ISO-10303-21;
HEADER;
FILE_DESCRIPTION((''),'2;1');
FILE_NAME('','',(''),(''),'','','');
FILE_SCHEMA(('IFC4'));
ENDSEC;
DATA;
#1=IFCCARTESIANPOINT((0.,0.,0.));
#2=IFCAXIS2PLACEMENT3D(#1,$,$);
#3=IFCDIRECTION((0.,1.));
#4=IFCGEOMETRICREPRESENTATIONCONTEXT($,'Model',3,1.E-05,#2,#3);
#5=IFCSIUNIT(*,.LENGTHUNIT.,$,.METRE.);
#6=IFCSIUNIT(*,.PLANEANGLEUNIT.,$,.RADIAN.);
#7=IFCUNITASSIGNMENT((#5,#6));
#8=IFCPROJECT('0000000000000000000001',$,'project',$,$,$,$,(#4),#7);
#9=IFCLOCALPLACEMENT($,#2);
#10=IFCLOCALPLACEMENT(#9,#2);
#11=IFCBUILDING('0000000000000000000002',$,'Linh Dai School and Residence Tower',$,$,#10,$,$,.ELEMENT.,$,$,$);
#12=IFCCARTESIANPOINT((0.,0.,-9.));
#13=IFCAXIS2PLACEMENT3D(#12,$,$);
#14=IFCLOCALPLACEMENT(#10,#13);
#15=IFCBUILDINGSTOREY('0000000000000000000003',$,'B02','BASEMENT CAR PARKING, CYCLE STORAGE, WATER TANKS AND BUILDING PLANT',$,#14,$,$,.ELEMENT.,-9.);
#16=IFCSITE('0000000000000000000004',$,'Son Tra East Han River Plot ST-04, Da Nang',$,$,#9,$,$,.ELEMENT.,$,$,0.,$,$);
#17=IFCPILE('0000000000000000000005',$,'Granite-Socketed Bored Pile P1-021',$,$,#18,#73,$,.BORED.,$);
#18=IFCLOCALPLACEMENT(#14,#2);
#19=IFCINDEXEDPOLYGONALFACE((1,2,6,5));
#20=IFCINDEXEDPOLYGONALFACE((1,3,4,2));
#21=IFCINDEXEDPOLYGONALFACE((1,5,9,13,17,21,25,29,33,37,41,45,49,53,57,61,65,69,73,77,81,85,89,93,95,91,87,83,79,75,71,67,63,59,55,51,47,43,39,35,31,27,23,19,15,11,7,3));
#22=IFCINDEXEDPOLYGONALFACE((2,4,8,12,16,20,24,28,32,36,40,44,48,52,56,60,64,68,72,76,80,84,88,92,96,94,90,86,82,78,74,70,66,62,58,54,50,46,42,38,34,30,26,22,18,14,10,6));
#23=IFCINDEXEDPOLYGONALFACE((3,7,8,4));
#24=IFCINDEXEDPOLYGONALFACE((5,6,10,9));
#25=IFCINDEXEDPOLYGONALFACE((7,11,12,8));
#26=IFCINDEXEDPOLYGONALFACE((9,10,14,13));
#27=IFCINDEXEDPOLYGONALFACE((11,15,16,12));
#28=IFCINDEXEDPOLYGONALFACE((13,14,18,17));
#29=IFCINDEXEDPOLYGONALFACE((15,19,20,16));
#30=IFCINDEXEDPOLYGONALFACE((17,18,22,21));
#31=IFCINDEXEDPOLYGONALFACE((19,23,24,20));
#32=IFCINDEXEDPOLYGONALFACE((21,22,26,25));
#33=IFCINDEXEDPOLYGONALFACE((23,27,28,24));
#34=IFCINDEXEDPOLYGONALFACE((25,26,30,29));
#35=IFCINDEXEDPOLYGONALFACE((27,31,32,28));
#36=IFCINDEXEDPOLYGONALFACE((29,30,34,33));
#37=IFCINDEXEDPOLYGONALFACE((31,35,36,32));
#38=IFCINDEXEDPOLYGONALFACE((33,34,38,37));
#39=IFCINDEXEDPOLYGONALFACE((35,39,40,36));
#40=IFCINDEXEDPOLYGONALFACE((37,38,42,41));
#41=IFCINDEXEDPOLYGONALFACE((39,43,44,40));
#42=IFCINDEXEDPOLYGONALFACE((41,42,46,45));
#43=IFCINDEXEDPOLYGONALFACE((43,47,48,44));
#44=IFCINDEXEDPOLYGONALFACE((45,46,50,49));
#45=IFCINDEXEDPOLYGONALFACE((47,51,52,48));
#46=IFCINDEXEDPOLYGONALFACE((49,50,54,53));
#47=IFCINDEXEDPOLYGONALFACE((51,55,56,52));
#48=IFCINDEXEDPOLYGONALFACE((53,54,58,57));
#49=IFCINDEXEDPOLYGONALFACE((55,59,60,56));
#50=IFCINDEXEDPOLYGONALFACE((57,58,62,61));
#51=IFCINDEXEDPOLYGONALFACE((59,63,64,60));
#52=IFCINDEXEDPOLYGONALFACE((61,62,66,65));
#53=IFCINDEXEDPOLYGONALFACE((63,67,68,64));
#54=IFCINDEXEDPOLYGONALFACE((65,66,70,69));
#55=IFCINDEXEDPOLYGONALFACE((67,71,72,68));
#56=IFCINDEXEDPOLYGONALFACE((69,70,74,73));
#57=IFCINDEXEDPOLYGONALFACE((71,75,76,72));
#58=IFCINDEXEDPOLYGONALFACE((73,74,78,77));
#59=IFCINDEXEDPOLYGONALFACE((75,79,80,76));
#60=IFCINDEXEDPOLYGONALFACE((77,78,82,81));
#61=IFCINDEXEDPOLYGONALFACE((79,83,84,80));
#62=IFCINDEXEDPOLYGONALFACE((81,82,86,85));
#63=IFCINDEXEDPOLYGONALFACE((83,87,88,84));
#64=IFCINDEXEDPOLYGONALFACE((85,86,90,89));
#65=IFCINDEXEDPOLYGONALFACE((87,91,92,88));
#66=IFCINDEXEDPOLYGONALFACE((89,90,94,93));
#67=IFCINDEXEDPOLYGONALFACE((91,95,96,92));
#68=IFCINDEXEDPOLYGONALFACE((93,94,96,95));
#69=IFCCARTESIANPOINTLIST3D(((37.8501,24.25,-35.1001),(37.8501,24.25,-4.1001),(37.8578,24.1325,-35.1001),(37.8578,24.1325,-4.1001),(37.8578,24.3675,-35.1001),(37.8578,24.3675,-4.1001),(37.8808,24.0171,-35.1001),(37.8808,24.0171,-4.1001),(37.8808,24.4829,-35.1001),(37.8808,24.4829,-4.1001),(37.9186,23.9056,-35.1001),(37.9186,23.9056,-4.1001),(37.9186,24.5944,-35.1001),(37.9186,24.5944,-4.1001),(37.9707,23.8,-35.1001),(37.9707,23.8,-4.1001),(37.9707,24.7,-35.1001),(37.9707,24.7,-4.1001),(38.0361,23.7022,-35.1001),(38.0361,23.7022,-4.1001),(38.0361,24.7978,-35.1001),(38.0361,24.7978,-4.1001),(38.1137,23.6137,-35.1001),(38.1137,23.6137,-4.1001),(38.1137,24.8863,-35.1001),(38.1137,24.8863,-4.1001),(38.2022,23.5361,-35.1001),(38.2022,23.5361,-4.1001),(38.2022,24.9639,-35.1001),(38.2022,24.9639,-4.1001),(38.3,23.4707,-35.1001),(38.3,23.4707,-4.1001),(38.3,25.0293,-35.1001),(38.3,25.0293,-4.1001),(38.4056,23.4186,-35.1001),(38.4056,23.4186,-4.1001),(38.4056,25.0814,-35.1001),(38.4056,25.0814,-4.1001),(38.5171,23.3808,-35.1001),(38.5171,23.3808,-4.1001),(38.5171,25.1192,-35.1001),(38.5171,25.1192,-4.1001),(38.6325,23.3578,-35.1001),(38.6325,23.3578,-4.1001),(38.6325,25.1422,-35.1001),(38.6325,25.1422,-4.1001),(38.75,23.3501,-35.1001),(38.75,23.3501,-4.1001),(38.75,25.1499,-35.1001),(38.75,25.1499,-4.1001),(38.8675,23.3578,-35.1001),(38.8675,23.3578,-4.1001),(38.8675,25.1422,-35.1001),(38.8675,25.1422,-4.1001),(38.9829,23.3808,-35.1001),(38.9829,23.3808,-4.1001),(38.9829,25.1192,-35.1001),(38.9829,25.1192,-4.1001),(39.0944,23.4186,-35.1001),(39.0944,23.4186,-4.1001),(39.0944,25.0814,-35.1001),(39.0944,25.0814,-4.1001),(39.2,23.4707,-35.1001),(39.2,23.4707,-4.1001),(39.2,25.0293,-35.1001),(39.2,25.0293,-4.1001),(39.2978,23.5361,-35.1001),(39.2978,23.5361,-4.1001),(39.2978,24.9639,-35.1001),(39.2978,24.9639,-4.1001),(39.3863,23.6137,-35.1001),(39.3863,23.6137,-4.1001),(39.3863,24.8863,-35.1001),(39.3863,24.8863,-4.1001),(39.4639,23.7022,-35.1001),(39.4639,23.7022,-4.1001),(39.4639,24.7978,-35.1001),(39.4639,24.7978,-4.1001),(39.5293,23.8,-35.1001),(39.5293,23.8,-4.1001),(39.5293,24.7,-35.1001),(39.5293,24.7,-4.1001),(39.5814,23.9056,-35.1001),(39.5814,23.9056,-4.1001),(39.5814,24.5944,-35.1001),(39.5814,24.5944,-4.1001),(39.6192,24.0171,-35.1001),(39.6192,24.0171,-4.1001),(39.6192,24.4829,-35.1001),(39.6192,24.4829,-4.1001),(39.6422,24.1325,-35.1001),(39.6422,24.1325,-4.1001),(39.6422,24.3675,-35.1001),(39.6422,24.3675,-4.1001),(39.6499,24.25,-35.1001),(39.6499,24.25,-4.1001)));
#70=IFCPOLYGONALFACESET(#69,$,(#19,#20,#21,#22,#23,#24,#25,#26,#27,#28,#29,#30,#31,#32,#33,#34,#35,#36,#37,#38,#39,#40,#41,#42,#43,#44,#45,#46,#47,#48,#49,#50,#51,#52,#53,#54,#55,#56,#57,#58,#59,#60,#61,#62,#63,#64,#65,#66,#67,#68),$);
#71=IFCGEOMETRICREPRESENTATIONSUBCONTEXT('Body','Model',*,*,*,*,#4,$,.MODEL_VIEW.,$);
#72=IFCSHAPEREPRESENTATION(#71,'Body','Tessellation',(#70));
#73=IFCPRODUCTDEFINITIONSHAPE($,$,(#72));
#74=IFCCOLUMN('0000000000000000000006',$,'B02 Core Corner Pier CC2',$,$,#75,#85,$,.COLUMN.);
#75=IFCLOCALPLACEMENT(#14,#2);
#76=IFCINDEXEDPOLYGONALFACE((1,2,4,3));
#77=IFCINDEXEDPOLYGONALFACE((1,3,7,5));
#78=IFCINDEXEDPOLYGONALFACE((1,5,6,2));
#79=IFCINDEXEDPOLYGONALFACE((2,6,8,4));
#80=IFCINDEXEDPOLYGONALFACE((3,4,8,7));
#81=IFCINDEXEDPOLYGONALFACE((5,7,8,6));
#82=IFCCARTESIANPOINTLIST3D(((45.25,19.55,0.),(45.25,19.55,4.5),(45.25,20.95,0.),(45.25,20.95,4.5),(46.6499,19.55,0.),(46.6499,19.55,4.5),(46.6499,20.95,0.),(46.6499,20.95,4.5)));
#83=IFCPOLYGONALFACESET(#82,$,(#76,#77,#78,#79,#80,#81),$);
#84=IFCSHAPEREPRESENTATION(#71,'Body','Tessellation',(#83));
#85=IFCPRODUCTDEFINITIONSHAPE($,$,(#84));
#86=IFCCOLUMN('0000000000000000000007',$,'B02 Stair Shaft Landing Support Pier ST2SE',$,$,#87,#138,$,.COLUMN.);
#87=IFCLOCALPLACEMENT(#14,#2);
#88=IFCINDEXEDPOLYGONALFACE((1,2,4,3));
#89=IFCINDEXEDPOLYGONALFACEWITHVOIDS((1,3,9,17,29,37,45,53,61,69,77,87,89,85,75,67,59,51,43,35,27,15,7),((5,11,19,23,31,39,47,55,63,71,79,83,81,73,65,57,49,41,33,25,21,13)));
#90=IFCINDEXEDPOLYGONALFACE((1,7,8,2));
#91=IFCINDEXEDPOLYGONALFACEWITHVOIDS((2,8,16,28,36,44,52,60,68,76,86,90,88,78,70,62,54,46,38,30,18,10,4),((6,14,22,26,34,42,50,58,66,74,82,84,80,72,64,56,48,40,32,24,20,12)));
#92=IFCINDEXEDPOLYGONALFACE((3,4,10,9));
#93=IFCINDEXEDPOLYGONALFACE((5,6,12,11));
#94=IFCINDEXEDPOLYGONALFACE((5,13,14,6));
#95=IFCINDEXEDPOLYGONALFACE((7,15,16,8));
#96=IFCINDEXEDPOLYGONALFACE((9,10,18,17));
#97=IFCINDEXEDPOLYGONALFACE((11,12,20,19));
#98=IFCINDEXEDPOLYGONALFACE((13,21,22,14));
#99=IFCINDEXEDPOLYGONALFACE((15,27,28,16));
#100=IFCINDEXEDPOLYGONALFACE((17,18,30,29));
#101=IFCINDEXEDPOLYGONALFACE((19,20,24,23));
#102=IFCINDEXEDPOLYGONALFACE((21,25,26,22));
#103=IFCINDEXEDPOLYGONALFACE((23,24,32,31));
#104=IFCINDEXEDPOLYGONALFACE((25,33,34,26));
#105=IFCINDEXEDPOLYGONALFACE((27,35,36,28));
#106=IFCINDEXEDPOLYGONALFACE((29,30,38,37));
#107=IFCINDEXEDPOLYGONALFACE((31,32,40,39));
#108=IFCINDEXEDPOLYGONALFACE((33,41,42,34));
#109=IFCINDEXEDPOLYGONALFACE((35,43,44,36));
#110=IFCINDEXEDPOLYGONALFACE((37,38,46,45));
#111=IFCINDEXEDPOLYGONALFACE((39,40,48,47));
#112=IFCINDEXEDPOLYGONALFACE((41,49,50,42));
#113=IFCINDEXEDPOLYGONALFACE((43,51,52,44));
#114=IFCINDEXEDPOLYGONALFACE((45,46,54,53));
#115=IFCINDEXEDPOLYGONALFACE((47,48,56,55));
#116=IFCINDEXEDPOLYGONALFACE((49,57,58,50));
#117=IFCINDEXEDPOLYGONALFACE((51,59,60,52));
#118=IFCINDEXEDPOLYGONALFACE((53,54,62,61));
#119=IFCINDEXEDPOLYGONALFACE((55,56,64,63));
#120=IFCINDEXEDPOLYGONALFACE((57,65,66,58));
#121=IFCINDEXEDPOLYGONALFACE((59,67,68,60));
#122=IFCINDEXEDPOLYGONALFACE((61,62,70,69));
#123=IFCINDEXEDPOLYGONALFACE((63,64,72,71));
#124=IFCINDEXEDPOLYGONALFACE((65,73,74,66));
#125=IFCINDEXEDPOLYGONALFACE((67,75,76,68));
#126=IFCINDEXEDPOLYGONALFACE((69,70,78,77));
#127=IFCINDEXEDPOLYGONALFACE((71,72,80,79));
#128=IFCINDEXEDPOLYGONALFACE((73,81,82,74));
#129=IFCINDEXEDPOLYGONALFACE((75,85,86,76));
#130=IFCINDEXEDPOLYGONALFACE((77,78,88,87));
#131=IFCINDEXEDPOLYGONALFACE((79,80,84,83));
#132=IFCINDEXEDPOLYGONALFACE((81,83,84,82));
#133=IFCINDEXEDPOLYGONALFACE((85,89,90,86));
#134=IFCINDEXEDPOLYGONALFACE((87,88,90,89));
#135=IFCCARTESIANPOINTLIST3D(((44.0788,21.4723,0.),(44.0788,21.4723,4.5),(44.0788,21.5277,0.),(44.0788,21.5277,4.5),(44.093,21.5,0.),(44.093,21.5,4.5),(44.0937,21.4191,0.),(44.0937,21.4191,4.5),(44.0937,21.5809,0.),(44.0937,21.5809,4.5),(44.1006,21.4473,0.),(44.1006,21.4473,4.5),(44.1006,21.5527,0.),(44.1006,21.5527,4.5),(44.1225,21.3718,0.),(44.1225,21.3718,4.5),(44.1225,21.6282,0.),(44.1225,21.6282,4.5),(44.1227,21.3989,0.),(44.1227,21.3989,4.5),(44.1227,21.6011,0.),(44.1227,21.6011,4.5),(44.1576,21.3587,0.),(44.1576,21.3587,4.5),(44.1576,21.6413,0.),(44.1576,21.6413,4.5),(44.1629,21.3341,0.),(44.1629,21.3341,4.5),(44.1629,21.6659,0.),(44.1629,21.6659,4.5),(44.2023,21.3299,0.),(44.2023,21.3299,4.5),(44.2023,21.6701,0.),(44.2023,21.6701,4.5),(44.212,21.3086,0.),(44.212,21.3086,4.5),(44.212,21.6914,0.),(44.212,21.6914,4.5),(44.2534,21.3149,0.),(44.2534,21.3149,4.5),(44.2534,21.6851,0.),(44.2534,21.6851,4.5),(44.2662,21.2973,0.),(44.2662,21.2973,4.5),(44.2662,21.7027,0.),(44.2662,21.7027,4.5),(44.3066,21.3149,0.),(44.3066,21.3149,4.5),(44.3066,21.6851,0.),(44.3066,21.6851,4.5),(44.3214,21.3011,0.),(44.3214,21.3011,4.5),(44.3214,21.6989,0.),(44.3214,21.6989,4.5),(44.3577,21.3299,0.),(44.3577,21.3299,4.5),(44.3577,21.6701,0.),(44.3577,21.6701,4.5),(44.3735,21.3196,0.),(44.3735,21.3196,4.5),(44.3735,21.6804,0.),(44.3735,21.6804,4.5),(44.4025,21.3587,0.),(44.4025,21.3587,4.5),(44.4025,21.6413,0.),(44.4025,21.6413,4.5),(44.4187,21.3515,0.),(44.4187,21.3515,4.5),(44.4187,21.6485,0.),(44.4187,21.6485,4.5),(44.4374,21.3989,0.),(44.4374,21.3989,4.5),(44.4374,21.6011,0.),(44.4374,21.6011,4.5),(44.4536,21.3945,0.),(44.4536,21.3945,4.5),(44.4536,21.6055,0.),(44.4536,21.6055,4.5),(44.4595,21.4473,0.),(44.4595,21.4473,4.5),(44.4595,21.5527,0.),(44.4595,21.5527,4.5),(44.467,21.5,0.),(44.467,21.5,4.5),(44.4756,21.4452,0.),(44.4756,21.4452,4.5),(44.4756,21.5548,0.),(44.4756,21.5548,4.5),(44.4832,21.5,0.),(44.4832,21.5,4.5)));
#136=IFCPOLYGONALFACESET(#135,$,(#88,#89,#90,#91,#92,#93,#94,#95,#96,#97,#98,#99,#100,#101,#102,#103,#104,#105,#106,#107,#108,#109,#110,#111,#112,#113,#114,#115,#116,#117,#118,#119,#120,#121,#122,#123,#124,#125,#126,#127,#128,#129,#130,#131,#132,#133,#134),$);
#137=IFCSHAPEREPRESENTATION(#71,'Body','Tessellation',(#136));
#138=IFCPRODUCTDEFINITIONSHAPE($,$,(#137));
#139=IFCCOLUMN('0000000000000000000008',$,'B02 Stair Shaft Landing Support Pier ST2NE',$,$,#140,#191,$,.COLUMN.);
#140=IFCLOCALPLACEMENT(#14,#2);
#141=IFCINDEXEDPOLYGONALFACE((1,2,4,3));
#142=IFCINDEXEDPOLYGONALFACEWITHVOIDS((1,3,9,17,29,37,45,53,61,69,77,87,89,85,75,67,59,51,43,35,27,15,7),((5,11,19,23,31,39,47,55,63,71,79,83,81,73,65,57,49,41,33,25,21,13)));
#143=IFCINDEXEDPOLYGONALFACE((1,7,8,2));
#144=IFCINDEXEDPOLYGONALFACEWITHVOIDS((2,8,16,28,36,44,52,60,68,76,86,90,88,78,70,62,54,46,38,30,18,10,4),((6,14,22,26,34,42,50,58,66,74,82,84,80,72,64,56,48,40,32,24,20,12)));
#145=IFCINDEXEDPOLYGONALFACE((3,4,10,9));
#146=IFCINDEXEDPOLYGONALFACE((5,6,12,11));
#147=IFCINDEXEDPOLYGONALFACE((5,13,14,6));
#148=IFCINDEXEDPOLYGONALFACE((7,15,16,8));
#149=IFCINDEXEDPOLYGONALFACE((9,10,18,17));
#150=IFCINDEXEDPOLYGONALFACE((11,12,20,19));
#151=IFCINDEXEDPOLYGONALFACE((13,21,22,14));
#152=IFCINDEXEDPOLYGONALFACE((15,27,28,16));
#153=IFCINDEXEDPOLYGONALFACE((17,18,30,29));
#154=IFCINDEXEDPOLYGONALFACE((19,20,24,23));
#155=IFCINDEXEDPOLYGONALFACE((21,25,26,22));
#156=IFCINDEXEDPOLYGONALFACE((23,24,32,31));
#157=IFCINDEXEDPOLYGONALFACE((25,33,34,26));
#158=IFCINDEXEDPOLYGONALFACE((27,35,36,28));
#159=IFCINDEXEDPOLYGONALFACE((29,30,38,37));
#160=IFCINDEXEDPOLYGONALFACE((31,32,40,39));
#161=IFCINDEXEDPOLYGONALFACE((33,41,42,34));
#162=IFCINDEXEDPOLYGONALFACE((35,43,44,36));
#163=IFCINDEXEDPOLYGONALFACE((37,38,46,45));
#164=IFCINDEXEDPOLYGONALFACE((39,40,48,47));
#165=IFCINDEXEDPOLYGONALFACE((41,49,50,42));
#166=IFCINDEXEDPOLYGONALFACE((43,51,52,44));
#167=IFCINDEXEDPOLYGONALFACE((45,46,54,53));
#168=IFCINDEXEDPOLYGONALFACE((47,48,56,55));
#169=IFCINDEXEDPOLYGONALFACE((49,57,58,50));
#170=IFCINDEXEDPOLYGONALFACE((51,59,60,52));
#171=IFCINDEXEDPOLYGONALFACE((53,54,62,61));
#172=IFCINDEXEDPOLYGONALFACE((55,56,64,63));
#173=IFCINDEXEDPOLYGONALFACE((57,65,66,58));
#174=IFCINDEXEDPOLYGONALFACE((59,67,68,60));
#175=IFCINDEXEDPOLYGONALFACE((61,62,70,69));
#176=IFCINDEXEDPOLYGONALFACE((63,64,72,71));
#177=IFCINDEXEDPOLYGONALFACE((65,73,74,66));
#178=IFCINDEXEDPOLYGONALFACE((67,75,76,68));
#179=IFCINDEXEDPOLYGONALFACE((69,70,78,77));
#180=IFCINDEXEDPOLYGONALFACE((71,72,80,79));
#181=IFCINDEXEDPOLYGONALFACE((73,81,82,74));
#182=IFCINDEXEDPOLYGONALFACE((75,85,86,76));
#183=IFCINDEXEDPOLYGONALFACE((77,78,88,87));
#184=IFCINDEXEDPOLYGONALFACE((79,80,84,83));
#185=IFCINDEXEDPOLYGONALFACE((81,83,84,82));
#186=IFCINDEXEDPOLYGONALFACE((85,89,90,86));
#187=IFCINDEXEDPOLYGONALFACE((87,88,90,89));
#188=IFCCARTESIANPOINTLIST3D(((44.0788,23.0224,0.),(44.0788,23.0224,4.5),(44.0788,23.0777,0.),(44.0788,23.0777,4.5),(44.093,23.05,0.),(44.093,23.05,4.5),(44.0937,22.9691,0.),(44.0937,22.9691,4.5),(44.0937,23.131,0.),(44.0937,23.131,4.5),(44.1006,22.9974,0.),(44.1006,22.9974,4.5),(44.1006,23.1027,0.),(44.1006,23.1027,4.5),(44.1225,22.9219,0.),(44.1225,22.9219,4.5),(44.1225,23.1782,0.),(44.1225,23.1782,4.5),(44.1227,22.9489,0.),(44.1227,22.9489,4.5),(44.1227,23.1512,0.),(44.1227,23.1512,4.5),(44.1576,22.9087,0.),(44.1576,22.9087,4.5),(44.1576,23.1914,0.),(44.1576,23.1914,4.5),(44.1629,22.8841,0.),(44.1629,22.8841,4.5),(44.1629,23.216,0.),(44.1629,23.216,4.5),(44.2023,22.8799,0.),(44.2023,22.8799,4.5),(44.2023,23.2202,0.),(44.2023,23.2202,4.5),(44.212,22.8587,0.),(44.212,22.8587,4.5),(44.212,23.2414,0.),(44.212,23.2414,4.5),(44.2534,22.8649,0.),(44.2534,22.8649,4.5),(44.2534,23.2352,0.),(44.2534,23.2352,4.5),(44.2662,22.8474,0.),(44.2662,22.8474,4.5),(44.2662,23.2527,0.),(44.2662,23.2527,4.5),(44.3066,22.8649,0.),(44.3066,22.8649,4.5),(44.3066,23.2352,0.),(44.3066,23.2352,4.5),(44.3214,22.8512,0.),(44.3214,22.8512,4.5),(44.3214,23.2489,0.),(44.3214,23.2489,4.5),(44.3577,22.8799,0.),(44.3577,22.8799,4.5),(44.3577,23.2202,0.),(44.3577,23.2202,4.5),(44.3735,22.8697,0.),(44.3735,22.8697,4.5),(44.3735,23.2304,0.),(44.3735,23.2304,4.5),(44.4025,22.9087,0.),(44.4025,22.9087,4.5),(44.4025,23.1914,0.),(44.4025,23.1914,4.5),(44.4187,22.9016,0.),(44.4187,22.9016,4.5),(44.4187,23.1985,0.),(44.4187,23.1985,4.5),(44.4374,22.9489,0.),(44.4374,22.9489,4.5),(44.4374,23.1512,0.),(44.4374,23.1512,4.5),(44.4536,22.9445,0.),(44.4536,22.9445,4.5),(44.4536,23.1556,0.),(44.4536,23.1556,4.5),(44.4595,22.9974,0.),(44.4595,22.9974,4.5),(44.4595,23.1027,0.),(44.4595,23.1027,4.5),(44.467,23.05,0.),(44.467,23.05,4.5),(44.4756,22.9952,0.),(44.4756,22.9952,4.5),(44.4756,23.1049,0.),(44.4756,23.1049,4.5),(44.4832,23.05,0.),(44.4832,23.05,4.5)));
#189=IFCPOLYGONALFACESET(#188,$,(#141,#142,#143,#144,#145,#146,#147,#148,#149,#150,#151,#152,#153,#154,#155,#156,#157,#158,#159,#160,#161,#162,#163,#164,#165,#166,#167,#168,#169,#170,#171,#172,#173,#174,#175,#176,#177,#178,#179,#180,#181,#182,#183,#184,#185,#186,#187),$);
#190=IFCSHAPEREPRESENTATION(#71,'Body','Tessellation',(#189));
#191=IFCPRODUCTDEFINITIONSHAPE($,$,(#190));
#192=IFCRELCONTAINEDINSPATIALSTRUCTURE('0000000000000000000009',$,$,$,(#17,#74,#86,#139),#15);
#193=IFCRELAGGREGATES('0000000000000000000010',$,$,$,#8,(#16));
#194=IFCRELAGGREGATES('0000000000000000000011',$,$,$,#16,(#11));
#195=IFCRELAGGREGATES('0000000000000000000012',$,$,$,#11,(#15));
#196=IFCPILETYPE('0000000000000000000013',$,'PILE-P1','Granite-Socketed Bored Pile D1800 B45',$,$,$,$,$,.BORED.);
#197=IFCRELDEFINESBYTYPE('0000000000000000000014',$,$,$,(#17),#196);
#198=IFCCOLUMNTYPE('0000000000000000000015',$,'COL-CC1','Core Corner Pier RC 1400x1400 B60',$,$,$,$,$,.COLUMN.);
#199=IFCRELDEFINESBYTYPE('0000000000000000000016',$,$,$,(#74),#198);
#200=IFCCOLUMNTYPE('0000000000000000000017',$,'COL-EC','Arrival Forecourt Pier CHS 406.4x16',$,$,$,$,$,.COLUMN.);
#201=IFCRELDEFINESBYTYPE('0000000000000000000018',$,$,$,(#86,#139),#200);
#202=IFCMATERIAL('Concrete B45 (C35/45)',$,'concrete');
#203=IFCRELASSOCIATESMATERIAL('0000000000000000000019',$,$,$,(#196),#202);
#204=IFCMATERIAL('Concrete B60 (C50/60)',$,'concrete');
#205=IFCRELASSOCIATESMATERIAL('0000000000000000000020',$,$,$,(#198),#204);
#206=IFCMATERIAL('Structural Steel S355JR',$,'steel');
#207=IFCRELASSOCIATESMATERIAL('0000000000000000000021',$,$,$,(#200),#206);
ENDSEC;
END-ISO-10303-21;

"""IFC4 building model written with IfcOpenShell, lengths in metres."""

from ifc_helpers import new_model, si_unit, direction, frame, origin, origin_2d, place, context, subcontext, project, spatial, rectangle, circle, hollow_circle, extrude, material, material_profile, profile_set, type_object, element, save


model = new_model("IFC4")

# Units and contexts
model_context = context("Model", 3, precision=1e-05, world=origin(), true_north=direction((0.0, 1.0)))
body_context = subcontext(model_context, "Body", "Model", "MODEL_VIEW")
ifc_project = project(units=[si_unit("LENGTHUNIT", "METRE"), si_unit("PLANEANGLEUNIT", "RADIAN")], contexts=[model_context])

# Site, building, storey
site_placement = place(None, origin())
site = spatial("IfcSite", under=ifc_project, at=site_placement, Name="Son Tra East Han River Plot ST-04, Da Nang", CompositionType="ELEMENT", RefElevation=0.0)
building_placement = place(site_placement, origin())
building = spatial("IfcBuilding", under=site, at=building_placement, Name="Linh Dai School and Residence Tower", CompositionType="ELEMENT")
storey_placement = place(building_placement, frame((0.0, 0.0, -9.0)))
storey = spatial("IfcBuildingStorey", under=building, at=storey_placement, Name="B02", Description="BASEMENT CAR PARKING, CYCLE STORAGE, WATER TANKS AND BUILDING PLANT", CompositionType="ELEMENT", Elevation=-9.0)

# Pile
ifc_material_1 = material(Name="Concrete B45 (C35/45)", Category="concrete")
ifc_material_profile_1 = material_profile(ifc_material_1, circle(Radius=0.8999, at=origin_2d()), Name="PILE D1800")
ifc_profile_set_1 = profile_set([ifc_material_profile_1], Name="Concrete B45 (C35/45)")
pile_type = type_object("IfcPileType", Name="PILE-P1", Description="Granite-Socketed Bored Pile D1800 B45", PredefinedType="BORED", material=ifc_profile_set_1)
pile_placement = place(storey_placement, frame((38.75, 24.25, -4.1001), z_axis=(0.0, 0.0, -1.0), x_axis=(1.0, 0.0, 0.0)))
element("IfcPile", 1, at=pile_placement, inside=storey, type_object=pile_type, Name="Granite-Socketed Bored Pile P1-021", PredefinedType="BORED", context=body_context, shape_type="SweptSolid", body=[
    extrude(circle(Radius=0.8999, at=origin_2d()), origin(), (0.0, 0.0, 1.0), 31.0),
])

# Columns
ifc_material_2 = material(Name="Concrete B60 (C50/60)", Category="concrete")
ifc_material_profile_2 = material_profile(ifc_material_2, rectangle(XDim=1.3999, YDim=1.3999, at=origin_2d()), Name="RC 1400x1400")
ifc_profile_set_2 = profile_set([ifc_material_profile_2], Name="Concrete B60 (C50/60)")
column_type_1 = type_object("IfcColumnType", Name="COL-CC1", Description="Core Corner Pier RC 1400x1400 B60", PredefinedType="COLUMN", material=ifc_profile_set_2)
column_1_placement = place(storey_placement, frame((45.95, 20.25, 0.0), z_axis=(0.0, 0.0, 1.0), x_axis=(1.0, 0.0, 0.0)))
element("IfcColumn", 2, at=column_1_placement, inside=storey, type_object=column_type_1, Name="B02 Core Corner Pier CC2", PredefinedType="COLUMN", context=body_context, shape_type="SweptSolid", body=[
    extrude(rectangle(XDim=1.3999, YDim=1.3999, at=origin_2d()), origin(), (0.0, 0.0, 1.0), 4.5),
])
ifc_material_3 = material(Name="Structural Steel S355JR", Category="steel")
ifc_material_profile_3 = material_profile(ifc_material_3, hollow_circle(Radius=0.2031, WallThickness=0.0161, at=origin_2d()), Name="CHS 406.4x16")
ifc_profile_set_3 = profile_set([ifc_material_profile_3], Name="Structural Steel S355JR")
column_type_2 = type_object("IfcColumnType", Name="COL-EC", Description="Arrival Forecourt Pier CHS 406.4x16", PredefinedType="COLUMN", material=ifc_profile_set_3)
for number, where, z_axis, x_axis, name in (
    (3, (44.28, 21.5, 0.0), (0.0, 0.0, 1.0), (1.0, 0.0, 0.0), "B02 Stair Shaft Landing Support Pier ST2SE"),
    (4, (44.28, 23.05, 0.0), (0.0, 0.0, 1.0), (1.0, 0.0, 0.0), "B02 Stair Shaft Landing Support Pier ST2NE"),
):
    element("IfcColumn", number, at=place(storey_placement, frame(where, z_axis=z_axis, x_axis=x_axis)), inside=storey, type_object=column_type_2, Name=name, PredefinedType="COLUMN", context=body_context, shape_type="SweptSolid", body=[
        extrude(hollow_circle(Radius=0.2031, WallThickness=0.0161, at=origin_2d()), origin(), (0.0, 0.0, 1.0), 4.5),
    ])

save(model, "model.ifc")
